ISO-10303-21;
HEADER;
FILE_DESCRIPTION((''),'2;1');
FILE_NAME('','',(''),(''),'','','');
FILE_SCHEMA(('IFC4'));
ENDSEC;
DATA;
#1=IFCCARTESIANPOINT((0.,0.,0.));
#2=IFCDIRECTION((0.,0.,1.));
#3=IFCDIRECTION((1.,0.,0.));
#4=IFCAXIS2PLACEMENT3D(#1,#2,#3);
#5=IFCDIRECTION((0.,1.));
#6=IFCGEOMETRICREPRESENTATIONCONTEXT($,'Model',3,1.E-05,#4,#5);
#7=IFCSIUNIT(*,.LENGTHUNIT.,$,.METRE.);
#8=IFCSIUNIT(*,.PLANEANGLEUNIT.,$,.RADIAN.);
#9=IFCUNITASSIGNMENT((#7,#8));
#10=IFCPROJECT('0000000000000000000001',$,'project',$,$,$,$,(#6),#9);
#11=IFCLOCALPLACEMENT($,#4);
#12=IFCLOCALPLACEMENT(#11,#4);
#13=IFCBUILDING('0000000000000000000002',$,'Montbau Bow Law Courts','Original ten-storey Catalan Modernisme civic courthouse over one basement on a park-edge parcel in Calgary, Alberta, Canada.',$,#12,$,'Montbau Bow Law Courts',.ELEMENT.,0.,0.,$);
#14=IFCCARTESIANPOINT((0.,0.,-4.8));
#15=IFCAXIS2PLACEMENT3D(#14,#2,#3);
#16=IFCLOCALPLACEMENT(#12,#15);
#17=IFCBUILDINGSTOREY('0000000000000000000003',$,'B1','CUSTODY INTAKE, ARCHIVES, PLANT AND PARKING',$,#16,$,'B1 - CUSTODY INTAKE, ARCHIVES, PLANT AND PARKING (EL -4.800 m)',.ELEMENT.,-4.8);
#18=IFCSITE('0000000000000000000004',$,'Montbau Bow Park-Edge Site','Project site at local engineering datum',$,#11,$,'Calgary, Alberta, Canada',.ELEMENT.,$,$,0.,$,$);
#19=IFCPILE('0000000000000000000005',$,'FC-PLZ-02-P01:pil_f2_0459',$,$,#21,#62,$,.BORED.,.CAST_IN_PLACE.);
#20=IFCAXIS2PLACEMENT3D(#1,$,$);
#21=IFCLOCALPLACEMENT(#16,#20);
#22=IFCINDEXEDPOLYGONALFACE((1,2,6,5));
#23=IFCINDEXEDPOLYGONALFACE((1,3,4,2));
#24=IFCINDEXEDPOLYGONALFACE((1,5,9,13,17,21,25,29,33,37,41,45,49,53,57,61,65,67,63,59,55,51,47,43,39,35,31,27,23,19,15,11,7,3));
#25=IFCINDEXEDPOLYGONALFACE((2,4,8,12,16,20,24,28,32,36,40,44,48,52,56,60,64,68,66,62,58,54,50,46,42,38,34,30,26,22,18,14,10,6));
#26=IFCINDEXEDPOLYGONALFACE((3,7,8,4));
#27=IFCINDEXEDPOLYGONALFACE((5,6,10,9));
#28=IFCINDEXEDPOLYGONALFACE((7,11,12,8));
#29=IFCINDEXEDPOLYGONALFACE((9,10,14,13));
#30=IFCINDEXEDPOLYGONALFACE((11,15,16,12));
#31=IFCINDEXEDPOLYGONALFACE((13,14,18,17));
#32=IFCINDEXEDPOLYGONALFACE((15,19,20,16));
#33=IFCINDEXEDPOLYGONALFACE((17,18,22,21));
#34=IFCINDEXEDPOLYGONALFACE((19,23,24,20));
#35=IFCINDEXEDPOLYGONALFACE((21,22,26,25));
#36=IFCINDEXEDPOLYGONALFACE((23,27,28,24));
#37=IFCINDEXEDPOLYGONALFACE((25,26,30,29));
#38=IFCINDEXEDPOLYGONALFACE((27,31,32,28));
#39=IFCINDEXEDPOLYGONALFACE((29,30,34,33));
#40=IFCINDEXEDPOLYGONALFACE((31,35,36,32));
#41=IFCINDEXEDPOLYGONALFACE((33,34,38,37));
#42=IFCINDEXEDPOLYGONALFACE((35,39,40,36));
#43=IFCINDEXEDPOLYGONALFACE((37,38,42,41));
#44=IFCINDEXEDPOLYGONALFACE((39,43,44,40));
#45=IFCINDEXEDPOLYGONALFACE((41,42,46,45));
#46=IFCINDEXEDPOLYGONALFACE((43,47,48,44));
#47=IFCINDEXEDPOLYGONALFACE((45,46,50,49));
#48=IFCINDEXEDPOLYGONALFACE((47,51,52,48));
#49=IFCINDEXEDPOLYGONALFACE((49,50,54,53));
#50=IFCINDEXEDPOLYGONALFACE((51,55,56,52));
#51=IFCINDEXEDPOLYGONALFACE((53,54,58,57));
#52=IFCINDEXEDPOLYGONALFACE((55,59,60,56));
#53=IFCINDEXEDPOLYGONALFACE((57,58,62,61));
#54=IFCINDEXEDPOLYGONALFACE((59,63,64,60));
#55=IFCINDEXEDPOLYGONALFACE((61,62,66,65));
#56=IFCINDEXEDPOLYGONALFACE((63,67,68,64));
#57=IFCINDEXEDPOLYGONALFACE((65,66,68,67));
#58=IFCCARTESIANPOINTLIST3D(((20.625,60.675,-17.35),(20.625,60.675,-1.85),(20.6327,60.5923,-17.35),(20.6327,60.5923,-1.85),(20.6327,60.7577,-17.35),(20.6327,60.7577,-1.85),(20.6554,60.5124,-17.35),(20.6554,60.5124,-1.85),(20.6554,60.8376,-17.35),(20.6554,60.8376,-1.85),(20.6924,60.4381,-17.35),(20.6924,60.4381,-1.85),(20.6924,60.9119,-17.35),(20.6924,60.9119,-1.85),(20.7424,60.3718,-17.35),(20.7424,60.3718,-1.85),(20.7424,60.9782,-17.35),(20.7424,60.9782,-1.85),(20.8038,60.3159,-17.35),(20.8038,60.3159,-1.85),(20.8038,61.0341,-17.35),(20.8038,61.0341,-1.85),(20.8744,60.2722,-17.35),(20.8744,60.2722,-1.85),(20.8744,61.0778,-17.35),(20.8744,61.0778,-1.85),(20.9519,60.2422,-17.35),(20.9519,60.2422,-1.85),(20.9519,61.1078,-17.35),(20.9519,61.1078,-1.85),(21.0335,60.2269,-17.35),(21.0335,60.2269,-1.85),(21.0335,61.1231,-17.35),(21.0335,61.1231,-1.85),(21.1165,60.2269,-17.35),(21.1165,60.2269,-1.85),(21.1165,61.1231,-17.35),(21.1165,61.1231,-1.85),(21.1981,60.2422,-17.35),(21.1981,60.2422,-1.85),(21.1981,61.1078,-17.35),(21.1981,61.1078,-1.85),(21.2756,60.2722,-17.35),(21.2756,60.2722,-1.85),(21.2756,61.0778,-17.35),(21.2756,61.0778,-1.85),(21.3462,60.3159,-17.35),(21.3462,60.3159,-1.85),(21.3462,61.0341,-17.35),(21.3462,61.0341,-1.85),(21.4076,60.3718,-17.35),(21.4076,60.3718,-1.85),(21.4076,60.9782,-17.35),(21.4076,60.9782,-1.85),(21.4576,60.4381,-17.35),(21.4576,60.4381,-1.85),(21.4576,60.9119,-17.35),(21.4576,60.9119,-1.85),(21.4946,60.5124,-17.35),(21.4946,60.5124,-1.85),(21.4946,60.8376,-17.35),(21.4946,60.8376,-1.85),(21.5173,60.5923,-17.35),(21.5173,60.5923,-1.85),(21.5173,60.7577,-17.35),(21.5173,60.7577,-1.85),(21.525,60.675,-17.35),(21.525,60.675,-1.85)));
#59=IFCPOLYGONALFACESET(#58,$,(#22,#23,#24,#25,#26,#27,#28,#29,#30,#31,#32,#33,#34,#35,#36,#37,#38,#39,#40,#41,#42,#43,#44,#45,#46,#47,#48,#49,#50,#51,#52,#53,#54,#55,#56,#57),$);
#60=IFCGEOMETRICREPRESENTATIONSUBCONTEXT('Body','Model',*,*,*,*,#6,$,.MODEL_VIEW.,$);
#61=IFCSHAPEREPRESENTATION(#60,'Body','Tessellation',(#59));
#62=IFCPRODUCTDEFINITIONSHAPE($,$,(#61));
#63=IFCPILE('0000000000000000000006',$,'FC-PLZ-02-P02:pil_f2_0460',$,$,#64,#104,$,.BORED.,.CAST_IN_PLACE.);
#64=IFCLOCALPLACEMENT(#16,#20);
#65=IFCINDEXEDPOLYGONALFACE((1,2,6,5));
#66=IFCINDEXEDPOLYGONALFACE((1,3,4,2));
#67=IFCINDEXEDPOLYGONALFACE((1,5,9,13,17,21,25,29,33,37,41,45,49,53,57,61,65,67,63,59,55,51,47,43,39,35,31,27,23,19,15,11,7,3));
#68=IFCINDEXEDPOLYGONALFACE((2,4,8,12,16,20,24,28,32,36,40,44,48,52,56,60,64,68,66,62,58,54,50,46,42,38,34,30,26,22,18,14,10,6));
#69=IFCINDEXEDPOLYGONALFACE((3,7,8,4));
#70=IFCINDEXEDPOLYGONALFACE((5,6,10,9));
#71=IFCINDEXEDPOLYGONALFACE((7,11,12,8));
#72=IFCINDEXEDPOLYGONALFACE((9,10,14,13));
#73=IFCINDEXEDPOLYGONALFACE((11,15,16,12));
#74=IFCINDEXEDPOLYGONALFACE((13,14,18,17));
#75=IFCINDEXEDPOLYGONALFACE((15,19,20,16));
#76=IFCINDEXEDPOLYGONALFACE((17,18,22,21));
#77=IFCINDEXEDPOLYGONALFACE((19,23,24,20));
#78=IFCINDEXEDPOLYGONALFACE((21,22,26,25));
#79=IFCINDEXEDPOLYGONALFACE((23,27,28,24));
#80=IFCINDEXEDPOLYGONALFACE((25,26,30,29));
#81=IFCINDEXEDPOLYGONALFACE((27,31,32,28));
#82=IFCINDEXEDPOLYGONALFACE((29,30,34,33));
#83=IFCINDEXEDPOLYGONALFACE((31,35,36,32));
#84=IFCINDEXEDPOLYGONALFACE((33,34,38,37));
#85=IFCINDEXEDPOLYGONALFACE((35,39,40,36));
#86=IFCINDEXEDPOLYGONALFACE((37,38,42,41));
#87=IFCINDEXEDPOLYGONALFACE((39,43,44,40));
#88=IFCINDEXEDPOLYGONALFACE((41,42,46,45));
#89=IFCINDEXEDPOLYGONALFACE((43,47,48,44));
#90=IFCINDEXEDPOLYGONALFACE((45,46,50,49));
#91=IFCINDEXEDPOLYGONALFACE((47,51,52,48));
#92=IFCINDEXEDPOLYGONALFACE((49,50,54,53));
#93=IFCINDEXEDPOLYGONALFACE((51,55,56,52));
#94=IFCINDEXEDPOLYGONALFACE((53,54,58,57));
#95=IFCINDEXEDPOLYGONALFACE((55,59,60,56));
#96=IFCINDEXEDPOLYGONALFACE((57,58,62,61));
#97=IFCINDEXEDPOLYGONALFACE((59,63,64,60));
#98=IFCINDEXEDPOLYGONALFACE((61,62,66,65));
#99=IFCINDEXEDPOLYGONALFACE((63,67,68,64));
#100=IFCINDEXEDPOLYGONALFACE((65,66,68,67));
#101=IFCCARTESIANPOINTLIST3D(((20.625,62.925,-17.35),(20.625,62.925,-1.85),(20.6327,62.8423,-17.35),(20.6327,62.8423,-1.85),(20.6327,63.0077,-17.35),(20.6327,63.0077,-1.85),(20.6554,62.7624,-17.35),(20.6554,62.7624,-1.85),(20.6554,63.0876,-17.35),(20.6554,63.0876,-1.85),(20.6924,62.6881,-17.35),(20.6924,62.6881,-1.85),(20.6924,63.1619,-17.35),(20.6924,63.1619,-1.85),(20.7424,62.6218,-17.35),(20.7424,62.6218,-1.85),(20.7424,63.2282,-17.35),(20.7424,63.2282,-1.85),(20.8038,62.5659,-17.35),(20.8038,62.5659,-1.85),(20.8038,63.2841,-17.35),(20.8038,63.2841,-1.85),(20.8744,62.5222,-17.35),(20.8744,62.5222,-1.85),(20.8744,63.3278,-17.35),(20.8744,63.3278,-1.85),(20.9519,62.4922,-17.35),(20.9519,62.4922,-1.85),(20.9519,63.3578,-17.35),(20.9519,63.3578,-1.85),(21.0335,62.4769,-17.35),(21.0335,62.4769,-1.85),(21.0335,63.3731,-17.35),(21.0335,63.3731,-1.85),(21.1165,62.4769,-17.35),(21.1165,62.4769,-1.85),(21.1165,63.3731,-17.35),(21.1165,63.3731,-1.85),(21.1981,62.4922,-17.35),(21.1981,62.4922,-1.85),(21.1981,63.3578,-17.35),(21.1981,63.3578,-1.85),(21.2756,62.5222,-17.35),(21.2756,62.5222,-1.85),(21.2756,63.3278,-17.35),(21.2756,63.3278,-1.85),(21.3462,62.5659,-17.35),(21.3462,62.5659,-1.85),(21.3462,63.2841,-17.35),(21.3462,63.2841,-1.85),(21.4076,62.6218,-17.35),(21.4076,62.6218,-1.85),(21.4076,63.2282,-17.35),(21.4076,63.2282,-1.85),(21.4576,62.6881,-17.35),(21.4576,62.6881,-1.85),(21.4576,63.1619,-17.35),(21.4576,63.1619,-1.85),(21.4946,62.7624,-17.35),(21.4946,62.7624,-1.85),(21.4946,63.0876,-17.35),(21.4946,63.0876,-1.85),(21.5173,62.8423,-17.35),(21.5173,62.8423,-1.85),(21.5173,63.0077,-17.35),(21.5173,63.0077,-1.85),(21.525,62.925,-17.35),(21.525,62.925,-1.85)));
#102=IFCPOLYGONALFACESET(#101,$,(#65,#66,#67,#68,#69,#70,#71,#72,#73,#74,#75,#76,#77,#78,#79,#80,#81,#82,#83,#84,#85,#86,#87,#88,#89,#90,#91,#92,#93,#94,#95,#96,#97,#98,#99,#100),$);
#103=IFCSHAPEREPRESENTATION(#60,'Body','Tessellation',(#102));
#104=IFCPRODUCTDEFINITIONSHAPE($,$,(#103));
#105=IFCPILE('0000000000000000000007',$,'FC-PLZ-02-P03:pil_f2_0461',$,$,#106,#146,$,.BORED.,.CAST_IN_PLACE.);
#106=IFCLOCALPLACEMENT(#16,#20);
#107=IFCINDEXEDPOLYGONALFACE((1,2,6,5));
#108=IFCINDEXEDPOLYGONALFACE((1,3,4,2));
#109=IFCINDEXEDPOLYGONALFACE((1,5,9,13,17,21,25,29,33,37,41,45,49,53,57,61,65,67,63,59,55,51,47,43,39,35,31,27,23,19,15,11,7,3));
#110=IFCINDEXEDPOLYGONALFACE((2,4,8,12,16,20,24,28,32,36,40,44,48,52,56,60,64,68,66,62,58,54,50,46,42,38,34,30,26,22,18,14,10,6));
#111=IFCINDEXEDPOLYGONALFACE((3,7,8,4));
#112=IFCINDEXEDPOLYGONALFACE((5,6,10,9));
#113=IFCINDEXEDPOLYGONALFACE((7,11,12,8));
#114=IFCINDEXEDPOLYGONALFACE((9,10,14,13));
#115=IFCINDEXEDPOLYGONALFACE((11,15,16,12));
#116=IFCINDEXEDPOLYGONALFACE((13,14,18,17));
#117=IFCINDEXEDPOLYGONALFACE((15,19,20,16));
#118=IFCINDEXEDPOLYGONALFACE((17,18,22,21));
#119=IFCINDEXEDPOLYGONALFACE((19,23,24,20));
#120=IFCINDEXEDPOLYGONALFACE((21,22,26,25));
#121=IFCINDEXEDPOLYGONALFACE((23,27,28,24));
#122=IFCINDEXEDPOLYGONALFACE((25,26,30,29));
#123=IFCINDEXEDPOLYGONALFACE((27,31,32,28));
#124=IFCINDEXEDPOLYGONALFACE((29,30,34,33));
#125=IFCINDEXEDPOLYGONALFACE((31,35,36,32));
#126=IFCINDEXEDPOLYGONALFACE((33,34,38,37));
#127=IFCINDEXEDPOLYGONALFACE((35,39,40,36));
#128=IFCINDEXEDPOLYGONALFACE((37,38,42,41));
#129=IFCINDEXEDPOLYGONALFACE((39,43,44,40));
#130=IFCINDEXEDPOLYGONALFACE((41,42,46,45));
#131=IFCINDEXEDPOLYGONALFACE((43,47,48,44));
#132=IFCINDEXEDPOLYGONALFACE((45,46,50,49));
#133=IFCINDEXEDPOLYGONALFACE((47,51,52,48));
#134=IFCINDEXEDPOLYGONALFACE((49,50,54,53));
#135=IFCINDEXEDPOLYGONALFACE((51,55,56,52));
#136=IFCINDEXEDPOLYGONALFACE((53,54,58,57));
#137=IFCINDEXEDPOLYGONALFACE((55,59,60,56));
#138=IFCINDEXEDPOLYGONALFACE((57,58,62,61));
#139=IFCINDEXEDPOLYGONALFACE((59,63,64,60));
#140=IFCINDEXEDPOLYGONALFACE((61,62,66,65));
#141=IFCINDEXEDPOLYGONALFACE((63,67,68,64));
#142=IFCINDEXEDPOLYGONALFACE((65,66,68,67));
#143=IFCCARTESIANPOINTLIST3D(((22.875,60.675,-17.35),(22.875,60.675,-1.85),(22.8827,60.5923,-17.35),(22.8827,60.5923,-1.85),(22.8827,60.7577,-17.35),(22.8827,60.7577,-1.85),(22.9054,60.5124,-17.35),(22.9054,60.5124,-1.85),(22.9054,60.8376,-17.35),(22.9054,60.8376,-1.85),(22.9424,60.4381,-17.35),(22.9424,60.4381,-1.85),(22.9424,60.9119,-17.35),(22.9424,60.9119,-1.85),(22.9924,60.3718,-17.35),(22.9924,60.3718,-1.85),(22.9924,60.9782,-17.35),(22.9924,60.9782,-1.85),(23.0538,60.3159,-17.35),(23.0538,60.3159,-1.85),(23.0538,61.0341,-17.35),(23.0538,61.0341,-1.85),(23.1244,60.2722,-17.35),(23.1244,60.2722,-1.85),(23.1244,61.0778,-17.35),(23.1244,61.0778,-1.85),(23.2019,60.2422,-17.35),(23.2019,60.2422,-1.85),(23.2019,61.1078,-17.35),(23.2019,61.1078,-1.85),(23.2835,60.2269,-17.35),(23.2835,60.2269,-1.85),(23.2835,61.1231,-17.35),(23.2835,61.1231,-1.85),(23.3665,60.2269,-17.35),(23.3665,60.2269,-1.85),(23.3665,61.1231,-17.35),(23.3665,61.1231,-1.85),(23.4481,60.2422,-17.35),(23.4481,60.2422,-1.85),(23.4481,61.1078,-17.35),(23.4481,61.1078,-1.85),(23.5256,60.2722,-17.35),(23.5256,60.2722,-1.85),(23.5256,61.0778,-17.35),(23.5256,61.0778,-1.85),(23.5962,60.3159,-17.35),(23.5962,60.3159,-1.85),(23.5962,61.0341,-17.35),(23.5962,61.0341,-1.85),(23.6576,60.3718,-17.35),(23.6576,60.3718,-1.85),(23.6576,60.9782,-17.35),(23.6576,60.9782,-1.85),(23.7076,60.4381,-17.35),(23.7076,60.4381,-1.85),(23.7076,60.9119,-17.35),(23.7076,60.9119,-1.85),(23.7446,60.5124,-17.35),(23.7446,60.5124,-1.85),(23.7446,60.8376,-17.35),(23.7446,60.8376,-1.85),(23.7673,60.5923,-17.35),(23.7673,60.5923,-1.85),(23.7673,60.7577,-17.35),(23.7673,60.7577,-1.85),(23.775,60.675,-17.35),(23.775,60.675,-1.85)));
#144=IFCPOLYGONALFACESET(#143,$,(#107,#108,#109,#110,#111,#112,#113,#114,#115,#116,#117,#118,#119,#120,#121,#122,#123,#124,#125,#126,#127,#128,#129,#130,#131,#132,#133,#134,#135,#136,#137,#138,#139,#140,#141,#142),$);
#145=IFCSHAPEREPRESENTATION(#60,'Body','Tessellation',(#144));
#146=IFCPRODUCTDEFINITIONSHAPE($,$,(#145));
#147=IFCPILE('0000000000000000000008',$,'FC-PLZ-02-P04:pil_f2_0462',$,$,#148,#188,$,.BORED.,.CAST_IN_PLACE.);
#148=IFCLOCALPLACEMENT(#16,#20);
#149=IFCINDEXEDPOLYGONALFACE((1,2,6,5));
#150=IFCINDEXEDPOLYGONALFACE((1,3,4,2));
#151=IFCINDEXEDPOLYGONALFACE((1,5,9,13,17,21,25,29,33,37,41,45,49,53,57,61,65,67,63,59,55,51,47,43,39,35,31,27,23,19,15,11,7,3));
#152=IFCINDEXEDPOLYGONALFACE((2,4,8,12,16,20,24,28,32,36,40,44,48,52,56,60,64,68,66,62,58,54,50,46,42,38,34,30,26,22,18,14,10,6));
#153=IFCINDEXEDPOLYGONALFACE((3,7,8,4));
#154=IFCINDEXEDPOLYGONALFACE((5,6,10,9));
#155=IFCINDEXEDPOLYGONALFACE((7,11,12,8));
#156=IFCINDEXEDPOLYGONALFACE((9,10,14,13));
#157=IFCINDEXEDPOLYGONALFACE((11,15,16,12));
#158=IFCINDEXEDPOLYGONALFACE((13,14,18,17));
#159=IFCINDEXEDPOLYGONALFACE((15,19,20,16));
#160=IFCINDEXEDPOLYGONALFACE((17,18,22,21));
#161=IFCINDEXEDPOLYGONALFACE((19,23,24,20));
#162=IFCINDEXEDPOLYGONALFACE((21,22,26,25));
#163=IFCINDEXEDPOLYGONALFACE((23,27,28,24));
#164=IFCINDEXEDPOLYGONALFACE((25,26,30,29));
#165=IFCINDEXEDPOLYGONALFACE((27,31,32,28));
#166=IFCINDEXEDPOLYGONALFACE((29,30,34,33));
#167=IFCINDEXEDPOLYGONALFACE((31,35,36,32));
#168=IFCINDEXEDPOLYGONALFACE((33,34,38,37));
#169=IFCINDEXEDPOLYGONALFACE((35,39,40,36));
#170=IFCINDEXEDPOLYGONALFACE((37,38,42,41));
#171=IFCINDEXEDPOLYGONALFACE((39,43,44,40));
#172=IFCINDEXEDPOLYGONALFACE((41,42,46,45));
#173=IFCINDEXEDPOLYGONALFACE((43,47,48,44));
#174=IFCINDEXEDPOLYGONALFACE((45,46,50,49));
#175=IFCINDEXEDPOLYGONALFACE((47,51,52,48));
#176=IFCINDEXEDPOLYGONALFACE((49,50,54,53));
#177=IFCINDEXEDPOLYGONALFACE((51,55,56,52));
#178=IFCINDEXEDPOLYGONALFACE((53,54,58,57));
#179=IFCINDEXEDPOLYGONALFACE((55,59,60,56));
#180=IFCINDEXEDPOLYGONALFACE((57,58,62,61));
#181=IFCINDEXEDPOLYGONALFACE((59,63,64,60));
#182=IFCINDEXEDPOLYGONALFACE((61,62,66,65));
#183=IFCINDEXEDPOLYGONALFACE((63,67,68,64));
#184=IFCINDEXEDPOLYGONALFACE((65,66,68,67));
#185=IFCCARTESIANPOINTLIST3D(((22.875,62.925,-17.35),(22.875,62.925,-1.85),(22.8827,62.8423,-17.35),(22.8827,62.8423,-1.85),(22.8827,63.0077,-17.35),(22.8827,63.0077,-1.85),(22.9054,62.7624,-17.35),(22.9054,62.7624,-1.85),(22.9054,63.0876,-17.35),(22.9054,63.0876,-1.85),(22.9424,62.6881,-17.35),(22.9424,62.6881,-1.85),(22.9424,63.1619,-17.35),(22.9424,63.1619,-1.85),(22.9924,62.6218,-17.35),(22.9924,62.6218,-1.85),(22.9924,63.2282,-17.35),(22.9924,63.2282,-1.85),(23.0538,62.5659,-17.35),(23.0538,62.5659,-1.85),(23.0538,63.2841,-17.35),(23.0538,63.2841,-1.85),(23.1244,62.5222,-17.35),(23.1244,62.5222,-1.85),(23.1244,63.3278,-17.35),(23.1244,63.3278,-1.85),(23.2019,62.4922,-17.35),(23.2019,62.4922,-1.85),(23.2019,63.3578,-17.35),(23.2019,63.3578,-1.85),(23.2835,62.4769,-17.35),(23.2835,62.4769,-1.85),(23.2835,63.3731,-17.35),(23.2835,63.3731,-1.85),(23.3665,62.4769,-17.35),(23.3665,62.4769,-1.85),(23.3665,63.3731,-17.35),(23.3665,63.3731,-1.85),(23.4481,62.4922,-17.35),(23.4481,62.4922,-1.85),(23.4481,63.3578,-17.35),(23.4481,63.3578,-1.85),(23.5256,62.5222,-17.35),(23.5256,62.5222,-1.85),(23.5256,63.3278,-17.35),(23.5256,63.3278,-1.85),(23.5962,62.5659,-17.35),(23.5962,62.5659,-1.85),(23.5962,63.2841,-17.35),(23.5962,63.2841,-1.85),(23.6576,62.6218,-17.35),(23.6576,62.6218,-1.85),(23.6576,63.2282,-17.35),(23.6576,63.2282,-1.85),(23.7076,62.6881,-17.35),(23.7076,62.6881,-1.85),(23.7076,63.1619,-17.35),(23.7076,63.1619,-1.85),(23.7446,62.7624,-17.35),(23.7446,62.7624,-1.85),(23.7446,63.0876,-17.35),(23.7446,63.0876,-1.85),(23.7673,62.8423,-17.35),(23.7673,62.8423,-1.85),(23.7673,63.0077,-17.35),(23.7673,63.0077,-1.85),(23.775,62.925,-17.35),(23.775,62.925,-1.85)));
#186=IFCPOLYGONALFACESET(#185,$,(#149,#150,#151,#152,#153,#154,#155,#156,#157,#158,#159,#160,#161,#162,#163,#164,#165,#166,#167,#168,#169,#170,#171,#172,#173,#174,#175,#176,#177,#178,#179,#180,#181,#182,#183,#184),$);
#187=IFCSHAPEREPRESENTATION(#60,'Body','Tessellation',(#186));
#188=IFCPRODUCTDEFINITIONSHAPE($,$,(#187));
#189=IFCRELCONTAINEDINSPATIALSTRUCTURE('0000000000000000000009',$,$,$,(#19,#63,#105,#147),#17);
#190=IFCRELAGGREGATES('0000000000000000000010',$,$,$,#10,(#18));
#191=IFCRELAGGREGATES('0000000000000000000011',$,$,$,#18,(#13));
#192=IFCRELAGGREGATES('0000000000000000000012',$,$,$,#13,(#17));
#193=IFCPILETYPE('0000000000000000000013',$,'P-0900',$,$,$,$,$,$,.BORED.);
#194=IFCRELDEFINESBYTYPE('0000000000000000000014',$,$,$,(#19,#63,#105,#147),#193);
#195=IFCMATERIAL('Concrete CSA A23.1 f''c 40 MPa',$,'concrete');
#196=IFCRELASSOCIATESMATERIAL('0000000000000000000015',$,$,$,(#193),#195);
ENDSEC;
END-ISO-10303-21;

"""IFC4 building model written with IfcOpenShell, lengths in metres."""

from ifc_helpers import new_model, si_unit, direction, frame, origin_with_axes, origin_2d_with_axis, place, context, subcontext, project, spatial, circle, extrude, material, material_profile, profile_set, type_object, element, save


model = new_model("IFC4")

# Units and contexts
model_context = context("Model", 3, precision=1e-05, world=origin_with_axes(), true_north=direction((0.0, 1.0)))
body_context = subcontext(model_context, "Body", "Model", "MODEL_VIEW")
ifc_project = project(units=[si_unit("LENGTHUNIT", "METRE"), si_unit("PLANEANGLEUNIT", "RADIAN")], contexts=[model_context])

# Site, building, storey
site_placement = place(None, origin_with_axes())
site = spatial("IfcSite", under=ifc_project, at=site_placement, Name="Montbau Bow Park-Edge Site", Description="Project site at local engineering datum", LongName="Calgary, Alberta, Canada", CompositionType="ELEMENT", RefElevation=0.0)
building_placement = place(site_placement, origin_with_axes())
building = spatial("IfcBuilding", under=site, at=building_placement, Name="Montbau Bow Law Courts", Description="Original ten-storey Catalan Modernisme civic courthouse over one basement on a park-edge parcel in Calgary, Alberta, Canada.", LongName="Montbau Bow Law Courts", CompositionType="ELEMENT", ElevationOfRefHeight=0.0, ElevationOfTerrain=0.0)
storey_placement = place(building_placement, frame((0.0, 0.0, -4.8), z_axis=(0.0, 0.0, 1.0), x_axis=(1.0, 0.0, 0.0)))
storey = spatial("IfcBuildingStorey", under=building, at=storey_placement, Name="B1", Description="CUSTODY INTAKE, ARCHIVES, PLANT AND PARKING", LongName="B1 - CUSTODY INTAKE, ARCHIVES, PLANT AND PARKING (EL -4.800 m)", CompositionType="ELEMENT", Elevation=-4.8)

# Piles
ifc_material_1 = material(Name="Concrete CSA A23.1 f'c 40 MPa", Category="concrete")
ifc_material_profile_1 = material_profile(ifc_material_1, circle(Radius=0.45, at=origin_2d_with_axis()), Name="BP900", Category="Main", Priority=0)
ifc_profile_set_1 = profile_set([ifc_material_profile_1], Name="Concrete CSA A23.1 f'c 40 MPa")
pile_type_1 = type_object("IfcPileType", Name="P-0900", PredefinedType="BORED", material=ifc_profile_set_1)
for number, where, z_axis, x_axis, name in (
    (1, (21.075, 60.675, -22.15), (0.0, 0.0, 1.0), (1.0, 0.0, 0.0), "FC-PLZ-02-P01:pil_f2_0459"),
    (2, (21.075, 62.925, -22.15), (0.0, 0.0, 1.0), (1.0, 0.0, 0.0), "FC-PLZ-02-P02:pil_f2_0460"),
    (3, (23.325, 60.675, -22.15), (0.0, 0.0, 1.0), (1.0, 0.0, 0.0), "FC-PLZ-02-P03:pil_f2_0461"),
    (4, (23.325, 62.925, -22.15), (0.0, 0.0, 1.0), (1.0, 0.0, 0.0), "FC-PLZ-02-P04:pil_f2_0462"),
):
    element("IfcPile", number, at=place(None, frame(where, z_axis=z_axis, x_axis=x_axis)), inside=storey, type_object=pile_type_1, Name=name, ConstructionType="CAST_IN_PLACE", PredefinedType="BORED", context=body_context, shape_type="SweptSolid", body=[
        extrude(circle(Radius=0.45, at=origin_2d_with_axis()), origin_with_axes(), (0.0, 0.0, 1.0), 15.5),
    ])

save(model, "model.ifc")
